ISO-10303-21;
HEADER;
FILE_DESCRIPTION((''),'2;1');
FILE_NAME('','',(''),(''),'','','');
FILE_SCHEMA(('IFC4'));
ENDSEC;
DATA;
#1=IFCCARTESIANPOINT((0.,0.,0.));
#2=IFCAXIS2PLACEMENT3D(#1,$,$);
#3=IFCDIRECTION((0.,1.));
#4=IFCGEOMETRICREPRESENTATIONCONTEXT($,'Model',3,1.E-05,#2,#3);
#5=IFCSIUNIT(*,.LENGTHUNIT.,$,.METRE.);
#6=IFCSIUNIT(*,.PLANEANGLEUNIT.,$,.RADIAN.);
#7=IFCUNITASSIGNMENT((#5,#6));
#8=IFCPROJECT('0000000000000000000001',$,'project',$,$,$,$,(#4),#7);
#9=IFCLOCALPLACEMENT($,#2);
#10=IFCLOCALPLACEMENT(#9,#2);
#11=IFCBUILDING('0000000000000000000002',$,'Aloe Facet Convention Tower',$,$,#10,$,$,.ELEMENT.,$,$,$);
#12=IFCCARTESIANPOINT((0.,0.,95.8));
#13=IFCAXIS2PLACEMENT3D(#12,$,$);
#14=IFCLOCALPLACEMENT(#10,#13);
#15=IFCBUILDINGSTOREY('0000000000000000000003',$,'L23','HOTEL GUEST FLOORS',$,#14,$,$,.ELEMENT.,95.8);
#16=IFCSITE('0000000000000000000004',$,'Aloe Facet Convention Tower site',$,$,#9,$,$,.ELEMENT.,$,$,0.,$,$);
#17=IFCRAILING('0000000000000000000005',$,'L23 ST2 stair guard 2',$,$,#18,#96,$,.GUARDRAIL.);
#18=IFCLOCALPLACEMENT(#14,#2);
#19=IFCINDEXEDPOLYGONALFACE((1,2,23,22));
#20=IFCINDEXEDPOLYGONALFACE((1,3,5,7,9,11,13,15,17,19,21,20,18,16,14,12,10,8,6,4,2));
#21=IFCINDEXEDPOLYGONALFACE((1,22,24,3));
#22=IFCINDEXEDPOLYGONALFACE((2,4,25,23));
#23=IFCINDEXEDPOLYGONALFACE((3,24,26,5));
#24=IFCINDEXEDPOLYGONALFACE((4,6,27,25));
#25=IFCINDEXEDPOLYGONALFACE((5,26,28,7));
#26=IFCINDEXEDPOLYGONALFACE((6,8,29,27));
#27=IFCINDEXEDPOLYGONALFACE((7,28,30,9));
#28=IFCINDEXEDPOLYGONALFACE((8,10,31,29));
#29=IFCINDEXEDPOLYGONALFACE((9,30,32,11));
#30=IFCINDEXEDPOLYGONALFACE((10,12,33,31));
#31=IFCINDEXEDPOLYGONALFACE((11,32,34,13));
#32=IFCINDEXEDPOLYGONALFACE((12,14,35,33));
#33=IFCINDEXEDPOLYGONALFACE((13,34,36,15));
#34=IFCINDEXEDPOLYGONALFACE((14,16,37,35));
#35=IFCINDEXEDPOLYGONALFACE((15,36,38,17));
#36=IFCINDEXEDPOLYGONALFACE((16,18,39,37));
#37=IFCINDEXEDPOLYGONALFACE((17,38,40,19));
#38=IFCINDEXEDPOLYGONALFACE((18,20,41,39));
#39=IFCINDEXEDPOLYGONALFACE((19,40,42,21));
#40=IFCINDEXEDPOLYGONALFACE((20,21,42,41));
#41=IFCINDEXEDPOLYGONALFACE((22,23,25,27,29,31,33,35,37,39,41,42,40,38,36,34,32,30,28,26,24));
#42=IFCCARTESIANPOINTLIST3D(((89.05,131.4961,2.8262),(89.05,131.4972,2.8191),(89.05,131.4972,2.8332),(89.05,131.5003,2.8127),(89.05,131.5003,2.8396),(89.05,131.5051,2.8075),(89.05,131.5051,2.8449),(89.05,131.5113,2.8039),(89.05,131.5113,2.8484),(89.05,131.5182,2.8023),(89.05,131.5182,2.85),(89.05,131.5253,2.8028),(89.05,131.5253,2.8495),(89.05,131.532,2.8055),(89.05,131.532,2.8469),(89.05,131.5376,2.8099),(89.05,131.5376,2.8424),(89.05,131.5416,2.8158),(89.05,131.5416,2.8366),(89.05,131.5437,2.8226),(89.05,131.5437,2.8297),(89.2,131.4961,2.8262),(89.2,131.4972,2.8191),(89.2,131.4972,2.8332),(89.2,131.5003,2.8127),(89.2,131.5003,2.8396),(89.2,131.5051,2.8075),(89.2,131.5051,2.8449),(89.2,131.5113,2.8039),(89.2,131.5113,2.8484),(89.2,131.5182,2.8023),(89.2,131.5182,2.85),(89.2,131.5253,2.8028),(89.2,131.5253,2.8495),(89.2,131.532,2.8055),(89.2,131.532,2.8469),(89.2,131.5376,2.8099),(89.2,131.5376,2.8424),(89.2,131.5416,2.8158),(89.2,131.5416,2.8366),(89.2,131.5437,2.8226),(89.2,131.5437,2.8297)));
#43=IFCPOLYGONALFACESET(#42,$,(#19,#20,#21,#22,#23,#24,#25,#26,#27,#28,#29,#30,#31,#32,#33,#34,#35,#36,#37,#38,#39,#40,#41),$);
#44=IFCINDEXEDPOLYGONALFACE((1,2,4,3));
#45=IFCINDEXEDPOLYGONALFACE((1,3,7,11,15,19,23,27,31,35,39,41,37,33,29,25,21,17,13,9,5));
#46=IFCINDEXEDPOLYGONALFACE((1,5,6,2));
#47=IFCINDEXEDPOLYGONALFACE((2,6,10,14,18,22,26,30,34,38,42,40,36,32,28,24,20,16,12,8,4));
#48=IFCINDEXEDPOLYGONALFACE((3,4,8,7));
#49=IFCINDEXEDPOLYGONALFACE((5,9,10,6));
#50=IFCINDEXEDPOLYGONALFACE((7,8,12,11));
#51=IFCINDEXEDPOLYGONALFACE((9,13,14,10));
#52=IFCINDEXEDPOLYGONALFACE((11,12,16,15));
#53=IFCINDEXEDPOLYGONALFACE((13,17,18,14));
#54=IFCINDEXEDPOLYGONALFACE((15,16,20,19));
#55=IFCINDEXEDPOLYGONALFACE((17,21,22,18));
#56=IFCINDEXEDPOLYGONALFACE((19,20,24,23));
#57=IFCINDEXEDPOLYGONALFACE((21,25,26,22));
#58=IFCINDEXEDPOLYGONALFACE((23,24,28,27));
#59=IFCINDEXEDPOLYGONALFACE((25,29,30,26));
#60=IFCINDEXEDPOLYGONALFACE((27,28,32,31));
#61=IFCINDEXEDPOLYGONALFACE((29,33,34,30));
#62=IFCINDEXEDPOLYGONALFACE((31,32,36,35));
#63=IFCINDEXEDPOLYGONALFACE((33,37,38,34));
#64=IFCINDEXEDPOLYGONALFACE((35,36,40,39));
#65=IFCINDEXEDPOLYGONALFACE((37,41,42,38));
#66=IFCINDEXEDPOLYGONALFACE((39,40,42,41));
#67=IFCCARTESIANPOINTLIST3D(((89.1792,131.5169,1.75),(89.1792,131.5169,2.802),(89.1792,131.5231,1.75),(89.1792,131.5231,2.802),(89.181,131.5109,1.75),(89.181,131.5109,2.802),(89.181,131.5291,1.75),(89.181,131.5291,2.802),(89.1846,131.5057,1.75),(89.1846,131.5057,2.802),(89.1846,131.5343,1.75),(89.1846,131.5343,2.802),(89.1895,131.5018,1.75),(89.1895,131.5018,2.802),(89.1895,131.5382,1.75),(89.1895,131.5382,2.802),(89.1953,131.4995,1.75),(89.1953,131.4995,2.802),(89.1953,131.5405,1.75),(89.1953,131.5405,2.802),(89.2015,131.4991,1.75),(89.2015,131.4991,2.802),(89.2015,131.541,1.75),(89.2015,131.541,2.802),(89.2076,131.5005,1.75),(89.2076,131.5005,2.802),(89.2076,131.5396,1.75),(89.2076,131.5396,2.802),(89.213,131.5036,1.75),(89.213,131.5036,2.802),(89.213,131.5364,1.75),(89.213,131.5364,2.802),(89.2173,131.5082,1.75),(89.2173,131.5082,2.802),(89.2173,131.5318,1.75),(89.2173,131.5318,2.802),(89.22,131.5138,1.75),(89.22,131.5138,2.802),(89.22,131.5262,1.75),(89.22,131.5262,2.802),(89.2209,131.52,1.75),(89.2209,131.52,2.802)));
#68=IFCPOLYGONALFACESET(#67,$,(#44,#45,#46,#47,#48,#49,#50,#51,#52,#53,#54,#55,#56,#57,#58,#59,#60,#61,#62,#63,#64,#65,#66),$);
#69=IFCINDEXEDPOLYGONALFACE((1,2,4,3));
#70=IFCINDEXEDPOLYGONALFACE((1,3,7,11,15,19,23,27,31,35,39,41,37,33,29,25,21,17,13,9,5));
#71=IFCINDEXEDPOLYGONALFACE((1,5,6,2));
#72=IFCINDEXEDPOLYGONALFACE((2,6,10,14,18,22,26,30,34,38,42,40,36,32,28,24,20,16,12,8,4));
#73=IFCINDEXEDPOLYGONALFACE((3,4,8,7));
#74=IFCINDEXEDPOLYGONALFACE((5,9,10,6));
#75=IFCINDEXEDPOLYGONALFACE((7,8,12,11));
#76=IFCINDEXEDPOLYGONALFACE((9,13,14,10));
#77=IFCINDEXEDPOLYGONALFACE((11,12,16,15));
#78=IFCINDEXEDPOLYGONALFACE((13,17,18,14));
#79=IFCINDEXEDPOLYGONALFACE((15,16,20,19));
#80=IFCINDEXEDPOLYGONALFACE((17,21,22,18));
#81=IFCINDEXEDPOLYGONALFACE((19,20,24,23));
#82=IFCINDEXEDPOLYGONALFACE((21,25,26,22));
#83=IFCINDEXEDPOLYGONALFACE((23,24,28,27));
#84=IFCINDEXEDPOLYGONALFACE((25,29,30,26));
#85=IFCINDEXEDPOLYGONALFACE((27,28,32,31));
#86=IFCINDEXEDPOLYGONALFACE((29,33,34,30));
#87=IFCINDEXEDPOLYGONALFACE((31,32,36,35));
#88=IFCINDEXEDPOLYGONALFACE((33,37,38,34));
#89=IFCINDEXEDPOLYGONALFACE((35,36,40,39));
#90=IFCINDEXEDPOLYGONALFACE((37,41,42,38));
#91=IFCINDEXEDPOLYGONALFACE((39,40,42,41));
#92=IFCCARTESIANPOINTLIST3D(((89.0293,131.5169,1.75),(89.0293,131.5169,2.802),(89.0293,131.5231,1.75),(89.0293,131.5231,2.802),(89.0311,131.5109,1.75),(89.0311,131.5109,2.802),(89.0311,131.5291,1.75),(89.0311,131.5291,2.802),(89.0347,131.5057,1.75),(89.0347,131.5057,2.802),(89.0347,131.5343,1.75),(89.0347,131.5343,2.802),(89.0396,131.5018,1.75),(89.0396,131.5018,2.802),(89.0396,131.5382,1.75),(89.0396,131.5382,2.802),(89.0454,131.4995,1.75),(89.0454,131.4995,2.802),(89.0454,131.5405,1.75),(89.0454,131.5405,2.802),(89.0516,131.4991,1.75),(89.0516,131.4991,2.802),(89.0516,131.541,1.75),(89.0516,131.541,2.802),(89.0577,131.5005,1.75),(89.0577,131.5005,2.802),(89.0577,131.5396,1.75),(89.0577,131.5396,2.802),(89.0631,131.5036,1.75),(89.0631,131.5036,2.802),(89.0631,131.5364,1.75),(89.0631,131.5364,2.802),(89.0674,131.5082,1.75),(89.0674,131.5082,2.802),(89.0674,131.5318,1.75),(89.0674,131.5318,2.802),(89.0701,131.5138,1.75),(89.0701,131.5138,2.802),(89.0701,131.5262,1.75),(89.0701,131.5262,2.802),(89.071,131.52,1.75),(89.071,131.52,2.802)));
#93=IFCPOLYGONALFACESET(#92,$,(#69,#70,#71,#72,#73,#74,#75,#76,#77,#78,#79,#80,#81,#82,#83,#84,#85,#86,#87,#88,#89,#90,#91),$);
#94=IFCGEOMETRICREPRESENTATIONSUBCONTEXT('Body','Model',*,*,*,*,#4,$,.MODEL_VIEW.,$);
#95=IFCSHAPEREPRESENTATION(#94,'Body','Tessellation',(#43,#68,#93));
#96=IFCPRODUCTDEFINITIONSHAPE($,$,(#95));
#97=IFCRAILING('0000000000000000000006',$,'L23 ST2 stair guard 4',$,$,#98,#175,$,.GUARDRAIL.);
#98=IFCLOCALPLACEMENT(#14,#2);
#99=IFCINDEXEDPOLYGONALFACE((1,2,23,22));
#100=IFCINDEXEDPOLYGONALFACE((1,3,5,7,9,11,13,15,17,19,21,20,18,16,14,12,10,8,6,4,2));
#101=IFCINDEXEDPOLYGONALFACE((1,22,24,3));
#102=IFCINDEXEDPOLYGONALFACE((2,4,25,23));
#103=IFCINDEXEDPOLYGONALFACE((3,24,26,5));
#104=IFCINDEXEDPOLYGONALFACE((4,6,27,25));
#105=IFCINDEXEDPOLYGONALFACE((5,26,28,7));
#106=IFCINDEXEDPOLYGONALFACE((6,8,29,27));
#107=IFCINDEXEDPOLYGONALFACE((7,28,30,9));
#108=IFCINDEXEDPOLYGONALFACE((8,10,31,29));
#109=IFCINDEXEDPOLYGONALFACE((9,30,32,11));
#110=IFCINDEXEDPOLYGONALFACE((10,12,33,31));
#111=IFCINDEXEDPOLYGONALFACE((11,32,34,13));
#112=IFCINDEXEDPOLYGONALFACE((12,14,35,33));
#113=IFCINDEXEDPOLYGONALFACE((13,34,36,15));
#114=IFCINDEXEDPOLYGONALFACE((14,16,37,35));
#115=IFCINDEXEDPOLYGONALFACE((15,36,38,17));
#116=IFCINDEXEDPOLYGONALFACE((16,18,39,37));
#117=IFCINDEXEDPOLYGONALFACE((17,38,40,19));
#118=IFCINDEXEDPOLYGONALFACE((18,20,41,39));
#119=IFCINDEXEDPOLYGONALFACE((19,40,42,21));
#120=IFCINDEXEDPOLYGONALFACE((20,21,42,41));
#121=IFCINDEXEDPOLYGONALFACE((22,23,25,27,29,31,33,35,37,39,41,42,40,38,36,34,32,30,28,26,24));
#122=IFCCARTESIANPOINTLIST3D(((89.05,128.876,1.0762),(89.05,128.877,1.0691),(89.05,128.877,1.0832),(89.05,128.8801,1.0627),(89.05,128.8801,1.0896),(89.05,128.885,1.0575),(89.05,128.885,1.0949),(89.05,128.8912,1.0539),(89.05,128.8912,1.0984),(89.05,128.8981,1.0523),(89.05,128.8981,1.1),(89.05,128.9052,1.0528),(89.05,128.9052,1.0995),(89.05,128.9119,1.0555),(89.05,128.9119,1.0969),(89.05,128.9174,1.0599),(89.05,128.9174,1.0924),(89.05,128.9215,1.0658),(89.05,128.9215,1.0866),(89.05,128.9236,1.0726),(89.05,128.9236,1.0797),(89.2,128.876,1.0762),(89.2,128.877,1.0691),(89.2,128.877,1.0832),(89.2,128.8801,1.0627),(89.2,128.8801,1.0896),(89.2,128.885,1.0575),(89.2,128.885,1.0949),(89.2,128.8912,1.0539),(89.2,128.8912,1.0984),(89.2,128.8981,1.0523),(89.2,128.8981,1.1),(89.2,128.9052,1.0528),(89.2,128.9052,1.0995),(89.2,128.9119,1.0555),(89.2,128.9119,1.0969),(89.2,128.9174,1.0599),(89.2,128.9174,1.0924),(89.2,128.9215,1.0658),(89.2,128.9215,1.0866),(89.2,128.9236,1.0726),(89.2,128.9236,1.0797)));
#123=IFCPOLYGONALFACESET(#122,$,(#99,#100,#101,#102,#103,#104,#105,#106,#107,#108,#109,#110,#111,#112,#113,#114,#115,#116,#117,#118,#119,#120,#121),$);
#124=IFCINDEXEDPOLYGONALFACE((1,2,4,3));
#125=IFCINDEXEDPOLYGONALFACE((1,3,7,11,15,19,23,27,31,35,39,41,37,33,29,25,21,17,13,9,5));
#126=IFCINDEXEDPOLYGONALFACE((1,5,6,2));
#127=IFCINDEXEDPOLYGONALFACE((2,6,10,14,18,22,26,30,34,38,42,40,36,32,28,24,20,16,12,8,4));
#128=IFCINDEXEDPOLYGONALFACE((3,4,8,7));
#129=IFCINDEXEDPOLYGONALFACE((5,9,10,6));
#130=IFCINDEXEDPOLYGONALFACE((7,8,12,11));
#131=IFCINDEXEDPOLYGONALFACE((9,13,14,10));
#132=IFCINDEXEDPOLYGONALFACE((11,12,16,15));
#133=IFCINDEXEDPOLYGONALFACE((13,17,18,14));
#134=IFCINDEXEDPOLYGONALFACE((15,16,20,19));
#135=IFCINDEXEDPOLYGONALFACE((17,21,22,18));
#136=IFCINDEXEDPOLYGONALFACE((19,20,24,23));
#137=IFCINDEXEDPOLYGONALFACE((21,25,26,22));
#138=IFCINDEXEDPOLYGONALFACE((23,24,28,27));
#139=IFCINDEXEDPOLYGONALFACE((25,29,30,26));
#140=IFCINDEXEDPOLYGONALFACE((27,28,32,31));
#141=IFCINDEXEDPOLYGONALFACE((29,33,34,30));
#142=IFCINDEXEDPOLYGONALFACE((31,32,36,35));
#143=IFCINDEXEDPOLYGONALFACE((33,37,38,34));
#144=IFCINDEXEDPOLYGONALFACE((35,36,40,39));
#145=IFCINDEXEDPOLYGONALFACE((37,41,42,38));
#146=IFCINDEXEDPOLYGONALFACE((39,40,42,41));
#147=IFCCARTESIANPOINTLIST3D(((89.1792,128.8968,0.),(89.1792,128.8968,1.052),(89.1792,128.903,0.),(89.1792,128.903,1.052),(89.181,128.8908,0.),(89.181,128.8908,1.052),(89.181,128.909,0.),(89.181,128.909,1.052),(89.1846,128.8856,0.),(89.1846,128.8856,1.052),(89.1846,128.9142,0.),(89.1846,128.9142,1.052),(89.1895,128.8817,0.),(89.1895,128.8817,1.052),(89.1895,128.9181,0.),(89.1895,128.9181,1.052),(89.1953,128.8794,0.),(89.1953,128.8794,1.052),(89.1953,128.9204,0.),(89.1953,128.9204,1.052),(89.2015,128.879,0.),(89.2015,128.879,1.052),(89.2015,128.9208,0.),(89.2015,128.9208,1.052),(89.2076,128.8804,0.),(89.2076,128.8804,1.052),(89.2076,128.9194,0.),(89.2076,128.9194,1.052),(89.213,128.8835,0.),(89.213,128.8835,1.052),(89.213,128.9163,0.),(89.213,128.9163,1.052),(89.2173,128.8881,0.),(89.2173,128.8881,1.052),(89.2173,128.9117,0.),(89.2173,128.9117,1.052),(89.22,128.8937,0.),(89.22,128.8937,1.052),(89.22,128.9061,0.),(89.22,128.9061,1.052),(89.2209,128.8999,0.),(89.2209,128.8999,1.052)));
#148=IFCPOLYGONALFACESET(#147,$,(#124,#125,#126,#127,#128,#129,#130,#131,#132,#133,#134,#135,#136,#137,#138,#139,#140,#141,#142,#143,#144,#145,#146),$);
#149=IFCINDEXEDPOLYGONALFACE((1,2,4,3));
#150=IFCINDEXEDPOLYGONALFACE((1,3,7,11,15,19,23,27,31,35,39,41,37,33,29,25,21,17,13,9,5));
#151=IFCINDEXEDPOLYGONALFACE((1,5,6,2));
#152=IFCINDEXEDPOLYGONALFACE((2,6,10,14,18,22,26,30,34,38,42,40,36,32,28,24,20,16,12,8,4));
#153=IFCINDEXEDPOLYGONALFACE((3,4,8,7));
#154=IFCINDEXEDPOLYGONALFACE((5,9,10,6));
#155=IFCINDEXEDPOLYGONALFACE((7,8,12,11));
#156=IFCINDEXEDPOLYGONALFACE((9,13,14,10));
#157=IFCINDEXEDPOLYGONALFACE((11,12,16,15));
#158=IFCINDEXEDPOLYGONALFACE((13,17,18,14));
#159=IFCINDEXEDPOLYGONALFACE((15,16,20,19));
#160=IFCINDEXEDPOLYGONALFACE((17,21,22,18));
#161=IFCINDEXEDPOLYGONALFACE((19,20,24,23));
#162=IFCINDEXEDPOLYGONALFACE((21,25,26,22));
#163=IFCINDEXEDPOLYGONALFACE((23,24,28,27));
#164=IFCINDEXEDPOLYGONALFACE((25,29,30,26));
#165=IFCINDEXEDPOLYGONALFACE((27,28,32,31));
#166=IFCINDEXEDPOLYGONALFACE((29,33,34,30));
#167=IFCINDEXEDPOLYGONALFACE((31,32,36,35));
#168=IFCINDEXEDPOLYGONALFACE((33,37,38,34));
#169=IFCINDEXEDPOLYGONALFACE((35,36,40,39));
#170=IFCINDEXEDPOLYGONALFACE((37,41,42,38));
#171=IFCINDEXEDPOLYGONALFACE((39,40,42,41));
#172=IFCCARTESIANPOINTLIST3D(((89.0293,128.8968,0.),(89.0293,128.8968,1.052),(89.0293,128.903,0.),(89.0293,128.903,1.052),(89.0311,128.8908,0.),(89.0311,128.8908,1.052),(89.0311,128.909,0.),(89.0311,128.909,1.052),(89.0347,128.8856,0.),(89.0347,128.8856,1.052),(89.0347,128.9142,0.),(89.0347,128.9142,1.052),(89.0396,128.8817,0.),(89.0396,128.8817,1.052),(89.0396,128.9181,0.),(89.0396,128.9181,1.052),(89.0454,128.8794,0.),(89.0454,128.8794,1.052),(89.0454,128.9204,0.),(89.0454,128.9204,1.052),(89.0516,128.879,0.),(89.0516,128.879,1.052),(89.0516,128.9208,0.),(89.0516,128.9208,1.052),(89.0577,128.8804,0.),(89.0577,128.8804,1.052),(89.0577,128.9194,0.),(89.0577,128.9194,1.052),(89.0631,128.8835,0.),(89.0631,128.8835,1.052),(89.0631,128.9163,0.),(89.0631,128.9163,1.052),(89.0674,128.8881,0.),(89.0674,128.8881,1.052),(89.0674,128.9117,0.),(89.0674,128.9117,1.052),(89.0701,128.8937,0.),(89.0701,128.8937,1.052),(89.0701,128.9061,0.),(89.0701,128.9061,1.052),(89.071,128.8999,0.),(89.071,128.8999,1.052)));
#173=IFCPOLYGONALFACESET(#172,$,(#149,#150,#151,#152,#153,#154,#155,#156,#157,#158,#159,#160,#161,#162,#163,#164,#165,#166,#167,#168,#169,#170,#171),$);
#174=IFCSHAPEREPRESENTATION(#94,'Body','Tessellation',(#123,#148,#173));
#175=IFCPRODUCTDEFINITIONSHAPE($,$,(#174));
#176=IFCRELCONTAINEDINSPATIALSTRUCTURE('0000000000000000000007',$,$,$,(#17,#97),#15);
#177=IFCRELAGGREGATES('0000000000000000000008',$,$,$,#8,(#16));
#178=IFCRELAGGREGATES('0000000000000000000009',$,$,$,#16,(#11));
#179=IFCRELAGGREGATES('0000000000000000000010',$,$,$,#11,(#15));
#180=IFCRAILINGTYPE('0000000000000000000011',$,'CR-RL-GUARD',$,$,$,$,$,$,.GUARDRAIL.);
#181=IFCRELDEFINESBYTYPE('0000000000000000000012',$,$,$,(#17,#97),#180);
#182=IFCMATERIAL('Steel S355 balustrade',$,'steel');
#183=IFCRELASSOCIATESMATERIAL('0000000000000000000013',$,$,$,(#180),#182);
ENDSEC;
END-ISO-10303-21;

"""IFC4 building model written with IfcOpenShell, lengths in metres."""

from ifc_helpers import new_model, si_unit, direction, frame, origin, origin_2d, place, context, subcontext, project, spatial, circle, extrude, material, type_object, element, save


model = new_model("IFC4")

# Units and contexts
model_context = context("Model", 3, precision=1e-05, world=origin(), true_north=direction((0.0, 1.0)))
body_context = subcontext(model_context, "Body", "Model", "MODEL_VIEW")
ifc_project = project(units=[si_unit("LENGTHUNIT", "METRE"), si_unit("PLANEANGLEUNIT", "RADIAN")], contexts=[model_context])

# Site, building, storey
site_placement = place(None, origin())
site = spatial("IfcSite", under=ifc_project, at=site_placement, Name="Aloe Facet Convention Tower site", CompositionType="ELEMENT", RefElevation=0.0)
building_placement = place(site_placement, origin())
building = spatial("IfcBuilding", under=site, at=building_placement, Name="Aloe Facet Convention Tower", CompositionType="ELEMENT")
storey_placement = place(building_placement, frame((0.0, 0.0, 95.8)))
storey = spatial("IfcBuildingStorey", under=building, at=storey_placement, Name="L23", Description="HOTEL GUEST FLOORS", CompositionType="ELEMENT", Elevation=95.8)

# Railings
ifc_material_1 = material(Name="Steel S355 balustrade", Category="steel")
railing_type_1 = type_object("IfcRailingType", Name="CR-RL-GUARD", PredefinedType="GUARDRAIL", material=ifc_material_1)
for number, where, name in (
    (1, (89.2, 131.52, 1.75), "L23 ST2 stair guard 2"),
    (2, (89.2, 128.8999, 0.0), "L23 ST2 stair guard 4"),
):
    element("IfcRailing", number, at=place(storey_placement, frame(where)), inside=storey, type_object=railing_type_1, Name=name, PredefinedType="GUARDRAIL", context=body_context, shape_type="SweptSolid", body=[
        extrude(circle(Radius=0.0239, at=origin_2d()), frame((0.0, 0.0, 1.0762), z_axis=(-1.0, 0.0, 0.0), x_axis=(0.0, -1.0, 0.0)), (0.0, 0.0, 1.0), 0.1499),
        extrude(circle(Radius=0.021, at=origin_2d()), origin(), (0.0, 0.0, 1.0), 1.052),
        extrude(circle(Radius=0.021, at=origin_2d()), frame((-0.1499, 0.0, 0.0)), (0.0, 0.0, 1.0), 1.052),
    ])

save(model, "model.ifc")
